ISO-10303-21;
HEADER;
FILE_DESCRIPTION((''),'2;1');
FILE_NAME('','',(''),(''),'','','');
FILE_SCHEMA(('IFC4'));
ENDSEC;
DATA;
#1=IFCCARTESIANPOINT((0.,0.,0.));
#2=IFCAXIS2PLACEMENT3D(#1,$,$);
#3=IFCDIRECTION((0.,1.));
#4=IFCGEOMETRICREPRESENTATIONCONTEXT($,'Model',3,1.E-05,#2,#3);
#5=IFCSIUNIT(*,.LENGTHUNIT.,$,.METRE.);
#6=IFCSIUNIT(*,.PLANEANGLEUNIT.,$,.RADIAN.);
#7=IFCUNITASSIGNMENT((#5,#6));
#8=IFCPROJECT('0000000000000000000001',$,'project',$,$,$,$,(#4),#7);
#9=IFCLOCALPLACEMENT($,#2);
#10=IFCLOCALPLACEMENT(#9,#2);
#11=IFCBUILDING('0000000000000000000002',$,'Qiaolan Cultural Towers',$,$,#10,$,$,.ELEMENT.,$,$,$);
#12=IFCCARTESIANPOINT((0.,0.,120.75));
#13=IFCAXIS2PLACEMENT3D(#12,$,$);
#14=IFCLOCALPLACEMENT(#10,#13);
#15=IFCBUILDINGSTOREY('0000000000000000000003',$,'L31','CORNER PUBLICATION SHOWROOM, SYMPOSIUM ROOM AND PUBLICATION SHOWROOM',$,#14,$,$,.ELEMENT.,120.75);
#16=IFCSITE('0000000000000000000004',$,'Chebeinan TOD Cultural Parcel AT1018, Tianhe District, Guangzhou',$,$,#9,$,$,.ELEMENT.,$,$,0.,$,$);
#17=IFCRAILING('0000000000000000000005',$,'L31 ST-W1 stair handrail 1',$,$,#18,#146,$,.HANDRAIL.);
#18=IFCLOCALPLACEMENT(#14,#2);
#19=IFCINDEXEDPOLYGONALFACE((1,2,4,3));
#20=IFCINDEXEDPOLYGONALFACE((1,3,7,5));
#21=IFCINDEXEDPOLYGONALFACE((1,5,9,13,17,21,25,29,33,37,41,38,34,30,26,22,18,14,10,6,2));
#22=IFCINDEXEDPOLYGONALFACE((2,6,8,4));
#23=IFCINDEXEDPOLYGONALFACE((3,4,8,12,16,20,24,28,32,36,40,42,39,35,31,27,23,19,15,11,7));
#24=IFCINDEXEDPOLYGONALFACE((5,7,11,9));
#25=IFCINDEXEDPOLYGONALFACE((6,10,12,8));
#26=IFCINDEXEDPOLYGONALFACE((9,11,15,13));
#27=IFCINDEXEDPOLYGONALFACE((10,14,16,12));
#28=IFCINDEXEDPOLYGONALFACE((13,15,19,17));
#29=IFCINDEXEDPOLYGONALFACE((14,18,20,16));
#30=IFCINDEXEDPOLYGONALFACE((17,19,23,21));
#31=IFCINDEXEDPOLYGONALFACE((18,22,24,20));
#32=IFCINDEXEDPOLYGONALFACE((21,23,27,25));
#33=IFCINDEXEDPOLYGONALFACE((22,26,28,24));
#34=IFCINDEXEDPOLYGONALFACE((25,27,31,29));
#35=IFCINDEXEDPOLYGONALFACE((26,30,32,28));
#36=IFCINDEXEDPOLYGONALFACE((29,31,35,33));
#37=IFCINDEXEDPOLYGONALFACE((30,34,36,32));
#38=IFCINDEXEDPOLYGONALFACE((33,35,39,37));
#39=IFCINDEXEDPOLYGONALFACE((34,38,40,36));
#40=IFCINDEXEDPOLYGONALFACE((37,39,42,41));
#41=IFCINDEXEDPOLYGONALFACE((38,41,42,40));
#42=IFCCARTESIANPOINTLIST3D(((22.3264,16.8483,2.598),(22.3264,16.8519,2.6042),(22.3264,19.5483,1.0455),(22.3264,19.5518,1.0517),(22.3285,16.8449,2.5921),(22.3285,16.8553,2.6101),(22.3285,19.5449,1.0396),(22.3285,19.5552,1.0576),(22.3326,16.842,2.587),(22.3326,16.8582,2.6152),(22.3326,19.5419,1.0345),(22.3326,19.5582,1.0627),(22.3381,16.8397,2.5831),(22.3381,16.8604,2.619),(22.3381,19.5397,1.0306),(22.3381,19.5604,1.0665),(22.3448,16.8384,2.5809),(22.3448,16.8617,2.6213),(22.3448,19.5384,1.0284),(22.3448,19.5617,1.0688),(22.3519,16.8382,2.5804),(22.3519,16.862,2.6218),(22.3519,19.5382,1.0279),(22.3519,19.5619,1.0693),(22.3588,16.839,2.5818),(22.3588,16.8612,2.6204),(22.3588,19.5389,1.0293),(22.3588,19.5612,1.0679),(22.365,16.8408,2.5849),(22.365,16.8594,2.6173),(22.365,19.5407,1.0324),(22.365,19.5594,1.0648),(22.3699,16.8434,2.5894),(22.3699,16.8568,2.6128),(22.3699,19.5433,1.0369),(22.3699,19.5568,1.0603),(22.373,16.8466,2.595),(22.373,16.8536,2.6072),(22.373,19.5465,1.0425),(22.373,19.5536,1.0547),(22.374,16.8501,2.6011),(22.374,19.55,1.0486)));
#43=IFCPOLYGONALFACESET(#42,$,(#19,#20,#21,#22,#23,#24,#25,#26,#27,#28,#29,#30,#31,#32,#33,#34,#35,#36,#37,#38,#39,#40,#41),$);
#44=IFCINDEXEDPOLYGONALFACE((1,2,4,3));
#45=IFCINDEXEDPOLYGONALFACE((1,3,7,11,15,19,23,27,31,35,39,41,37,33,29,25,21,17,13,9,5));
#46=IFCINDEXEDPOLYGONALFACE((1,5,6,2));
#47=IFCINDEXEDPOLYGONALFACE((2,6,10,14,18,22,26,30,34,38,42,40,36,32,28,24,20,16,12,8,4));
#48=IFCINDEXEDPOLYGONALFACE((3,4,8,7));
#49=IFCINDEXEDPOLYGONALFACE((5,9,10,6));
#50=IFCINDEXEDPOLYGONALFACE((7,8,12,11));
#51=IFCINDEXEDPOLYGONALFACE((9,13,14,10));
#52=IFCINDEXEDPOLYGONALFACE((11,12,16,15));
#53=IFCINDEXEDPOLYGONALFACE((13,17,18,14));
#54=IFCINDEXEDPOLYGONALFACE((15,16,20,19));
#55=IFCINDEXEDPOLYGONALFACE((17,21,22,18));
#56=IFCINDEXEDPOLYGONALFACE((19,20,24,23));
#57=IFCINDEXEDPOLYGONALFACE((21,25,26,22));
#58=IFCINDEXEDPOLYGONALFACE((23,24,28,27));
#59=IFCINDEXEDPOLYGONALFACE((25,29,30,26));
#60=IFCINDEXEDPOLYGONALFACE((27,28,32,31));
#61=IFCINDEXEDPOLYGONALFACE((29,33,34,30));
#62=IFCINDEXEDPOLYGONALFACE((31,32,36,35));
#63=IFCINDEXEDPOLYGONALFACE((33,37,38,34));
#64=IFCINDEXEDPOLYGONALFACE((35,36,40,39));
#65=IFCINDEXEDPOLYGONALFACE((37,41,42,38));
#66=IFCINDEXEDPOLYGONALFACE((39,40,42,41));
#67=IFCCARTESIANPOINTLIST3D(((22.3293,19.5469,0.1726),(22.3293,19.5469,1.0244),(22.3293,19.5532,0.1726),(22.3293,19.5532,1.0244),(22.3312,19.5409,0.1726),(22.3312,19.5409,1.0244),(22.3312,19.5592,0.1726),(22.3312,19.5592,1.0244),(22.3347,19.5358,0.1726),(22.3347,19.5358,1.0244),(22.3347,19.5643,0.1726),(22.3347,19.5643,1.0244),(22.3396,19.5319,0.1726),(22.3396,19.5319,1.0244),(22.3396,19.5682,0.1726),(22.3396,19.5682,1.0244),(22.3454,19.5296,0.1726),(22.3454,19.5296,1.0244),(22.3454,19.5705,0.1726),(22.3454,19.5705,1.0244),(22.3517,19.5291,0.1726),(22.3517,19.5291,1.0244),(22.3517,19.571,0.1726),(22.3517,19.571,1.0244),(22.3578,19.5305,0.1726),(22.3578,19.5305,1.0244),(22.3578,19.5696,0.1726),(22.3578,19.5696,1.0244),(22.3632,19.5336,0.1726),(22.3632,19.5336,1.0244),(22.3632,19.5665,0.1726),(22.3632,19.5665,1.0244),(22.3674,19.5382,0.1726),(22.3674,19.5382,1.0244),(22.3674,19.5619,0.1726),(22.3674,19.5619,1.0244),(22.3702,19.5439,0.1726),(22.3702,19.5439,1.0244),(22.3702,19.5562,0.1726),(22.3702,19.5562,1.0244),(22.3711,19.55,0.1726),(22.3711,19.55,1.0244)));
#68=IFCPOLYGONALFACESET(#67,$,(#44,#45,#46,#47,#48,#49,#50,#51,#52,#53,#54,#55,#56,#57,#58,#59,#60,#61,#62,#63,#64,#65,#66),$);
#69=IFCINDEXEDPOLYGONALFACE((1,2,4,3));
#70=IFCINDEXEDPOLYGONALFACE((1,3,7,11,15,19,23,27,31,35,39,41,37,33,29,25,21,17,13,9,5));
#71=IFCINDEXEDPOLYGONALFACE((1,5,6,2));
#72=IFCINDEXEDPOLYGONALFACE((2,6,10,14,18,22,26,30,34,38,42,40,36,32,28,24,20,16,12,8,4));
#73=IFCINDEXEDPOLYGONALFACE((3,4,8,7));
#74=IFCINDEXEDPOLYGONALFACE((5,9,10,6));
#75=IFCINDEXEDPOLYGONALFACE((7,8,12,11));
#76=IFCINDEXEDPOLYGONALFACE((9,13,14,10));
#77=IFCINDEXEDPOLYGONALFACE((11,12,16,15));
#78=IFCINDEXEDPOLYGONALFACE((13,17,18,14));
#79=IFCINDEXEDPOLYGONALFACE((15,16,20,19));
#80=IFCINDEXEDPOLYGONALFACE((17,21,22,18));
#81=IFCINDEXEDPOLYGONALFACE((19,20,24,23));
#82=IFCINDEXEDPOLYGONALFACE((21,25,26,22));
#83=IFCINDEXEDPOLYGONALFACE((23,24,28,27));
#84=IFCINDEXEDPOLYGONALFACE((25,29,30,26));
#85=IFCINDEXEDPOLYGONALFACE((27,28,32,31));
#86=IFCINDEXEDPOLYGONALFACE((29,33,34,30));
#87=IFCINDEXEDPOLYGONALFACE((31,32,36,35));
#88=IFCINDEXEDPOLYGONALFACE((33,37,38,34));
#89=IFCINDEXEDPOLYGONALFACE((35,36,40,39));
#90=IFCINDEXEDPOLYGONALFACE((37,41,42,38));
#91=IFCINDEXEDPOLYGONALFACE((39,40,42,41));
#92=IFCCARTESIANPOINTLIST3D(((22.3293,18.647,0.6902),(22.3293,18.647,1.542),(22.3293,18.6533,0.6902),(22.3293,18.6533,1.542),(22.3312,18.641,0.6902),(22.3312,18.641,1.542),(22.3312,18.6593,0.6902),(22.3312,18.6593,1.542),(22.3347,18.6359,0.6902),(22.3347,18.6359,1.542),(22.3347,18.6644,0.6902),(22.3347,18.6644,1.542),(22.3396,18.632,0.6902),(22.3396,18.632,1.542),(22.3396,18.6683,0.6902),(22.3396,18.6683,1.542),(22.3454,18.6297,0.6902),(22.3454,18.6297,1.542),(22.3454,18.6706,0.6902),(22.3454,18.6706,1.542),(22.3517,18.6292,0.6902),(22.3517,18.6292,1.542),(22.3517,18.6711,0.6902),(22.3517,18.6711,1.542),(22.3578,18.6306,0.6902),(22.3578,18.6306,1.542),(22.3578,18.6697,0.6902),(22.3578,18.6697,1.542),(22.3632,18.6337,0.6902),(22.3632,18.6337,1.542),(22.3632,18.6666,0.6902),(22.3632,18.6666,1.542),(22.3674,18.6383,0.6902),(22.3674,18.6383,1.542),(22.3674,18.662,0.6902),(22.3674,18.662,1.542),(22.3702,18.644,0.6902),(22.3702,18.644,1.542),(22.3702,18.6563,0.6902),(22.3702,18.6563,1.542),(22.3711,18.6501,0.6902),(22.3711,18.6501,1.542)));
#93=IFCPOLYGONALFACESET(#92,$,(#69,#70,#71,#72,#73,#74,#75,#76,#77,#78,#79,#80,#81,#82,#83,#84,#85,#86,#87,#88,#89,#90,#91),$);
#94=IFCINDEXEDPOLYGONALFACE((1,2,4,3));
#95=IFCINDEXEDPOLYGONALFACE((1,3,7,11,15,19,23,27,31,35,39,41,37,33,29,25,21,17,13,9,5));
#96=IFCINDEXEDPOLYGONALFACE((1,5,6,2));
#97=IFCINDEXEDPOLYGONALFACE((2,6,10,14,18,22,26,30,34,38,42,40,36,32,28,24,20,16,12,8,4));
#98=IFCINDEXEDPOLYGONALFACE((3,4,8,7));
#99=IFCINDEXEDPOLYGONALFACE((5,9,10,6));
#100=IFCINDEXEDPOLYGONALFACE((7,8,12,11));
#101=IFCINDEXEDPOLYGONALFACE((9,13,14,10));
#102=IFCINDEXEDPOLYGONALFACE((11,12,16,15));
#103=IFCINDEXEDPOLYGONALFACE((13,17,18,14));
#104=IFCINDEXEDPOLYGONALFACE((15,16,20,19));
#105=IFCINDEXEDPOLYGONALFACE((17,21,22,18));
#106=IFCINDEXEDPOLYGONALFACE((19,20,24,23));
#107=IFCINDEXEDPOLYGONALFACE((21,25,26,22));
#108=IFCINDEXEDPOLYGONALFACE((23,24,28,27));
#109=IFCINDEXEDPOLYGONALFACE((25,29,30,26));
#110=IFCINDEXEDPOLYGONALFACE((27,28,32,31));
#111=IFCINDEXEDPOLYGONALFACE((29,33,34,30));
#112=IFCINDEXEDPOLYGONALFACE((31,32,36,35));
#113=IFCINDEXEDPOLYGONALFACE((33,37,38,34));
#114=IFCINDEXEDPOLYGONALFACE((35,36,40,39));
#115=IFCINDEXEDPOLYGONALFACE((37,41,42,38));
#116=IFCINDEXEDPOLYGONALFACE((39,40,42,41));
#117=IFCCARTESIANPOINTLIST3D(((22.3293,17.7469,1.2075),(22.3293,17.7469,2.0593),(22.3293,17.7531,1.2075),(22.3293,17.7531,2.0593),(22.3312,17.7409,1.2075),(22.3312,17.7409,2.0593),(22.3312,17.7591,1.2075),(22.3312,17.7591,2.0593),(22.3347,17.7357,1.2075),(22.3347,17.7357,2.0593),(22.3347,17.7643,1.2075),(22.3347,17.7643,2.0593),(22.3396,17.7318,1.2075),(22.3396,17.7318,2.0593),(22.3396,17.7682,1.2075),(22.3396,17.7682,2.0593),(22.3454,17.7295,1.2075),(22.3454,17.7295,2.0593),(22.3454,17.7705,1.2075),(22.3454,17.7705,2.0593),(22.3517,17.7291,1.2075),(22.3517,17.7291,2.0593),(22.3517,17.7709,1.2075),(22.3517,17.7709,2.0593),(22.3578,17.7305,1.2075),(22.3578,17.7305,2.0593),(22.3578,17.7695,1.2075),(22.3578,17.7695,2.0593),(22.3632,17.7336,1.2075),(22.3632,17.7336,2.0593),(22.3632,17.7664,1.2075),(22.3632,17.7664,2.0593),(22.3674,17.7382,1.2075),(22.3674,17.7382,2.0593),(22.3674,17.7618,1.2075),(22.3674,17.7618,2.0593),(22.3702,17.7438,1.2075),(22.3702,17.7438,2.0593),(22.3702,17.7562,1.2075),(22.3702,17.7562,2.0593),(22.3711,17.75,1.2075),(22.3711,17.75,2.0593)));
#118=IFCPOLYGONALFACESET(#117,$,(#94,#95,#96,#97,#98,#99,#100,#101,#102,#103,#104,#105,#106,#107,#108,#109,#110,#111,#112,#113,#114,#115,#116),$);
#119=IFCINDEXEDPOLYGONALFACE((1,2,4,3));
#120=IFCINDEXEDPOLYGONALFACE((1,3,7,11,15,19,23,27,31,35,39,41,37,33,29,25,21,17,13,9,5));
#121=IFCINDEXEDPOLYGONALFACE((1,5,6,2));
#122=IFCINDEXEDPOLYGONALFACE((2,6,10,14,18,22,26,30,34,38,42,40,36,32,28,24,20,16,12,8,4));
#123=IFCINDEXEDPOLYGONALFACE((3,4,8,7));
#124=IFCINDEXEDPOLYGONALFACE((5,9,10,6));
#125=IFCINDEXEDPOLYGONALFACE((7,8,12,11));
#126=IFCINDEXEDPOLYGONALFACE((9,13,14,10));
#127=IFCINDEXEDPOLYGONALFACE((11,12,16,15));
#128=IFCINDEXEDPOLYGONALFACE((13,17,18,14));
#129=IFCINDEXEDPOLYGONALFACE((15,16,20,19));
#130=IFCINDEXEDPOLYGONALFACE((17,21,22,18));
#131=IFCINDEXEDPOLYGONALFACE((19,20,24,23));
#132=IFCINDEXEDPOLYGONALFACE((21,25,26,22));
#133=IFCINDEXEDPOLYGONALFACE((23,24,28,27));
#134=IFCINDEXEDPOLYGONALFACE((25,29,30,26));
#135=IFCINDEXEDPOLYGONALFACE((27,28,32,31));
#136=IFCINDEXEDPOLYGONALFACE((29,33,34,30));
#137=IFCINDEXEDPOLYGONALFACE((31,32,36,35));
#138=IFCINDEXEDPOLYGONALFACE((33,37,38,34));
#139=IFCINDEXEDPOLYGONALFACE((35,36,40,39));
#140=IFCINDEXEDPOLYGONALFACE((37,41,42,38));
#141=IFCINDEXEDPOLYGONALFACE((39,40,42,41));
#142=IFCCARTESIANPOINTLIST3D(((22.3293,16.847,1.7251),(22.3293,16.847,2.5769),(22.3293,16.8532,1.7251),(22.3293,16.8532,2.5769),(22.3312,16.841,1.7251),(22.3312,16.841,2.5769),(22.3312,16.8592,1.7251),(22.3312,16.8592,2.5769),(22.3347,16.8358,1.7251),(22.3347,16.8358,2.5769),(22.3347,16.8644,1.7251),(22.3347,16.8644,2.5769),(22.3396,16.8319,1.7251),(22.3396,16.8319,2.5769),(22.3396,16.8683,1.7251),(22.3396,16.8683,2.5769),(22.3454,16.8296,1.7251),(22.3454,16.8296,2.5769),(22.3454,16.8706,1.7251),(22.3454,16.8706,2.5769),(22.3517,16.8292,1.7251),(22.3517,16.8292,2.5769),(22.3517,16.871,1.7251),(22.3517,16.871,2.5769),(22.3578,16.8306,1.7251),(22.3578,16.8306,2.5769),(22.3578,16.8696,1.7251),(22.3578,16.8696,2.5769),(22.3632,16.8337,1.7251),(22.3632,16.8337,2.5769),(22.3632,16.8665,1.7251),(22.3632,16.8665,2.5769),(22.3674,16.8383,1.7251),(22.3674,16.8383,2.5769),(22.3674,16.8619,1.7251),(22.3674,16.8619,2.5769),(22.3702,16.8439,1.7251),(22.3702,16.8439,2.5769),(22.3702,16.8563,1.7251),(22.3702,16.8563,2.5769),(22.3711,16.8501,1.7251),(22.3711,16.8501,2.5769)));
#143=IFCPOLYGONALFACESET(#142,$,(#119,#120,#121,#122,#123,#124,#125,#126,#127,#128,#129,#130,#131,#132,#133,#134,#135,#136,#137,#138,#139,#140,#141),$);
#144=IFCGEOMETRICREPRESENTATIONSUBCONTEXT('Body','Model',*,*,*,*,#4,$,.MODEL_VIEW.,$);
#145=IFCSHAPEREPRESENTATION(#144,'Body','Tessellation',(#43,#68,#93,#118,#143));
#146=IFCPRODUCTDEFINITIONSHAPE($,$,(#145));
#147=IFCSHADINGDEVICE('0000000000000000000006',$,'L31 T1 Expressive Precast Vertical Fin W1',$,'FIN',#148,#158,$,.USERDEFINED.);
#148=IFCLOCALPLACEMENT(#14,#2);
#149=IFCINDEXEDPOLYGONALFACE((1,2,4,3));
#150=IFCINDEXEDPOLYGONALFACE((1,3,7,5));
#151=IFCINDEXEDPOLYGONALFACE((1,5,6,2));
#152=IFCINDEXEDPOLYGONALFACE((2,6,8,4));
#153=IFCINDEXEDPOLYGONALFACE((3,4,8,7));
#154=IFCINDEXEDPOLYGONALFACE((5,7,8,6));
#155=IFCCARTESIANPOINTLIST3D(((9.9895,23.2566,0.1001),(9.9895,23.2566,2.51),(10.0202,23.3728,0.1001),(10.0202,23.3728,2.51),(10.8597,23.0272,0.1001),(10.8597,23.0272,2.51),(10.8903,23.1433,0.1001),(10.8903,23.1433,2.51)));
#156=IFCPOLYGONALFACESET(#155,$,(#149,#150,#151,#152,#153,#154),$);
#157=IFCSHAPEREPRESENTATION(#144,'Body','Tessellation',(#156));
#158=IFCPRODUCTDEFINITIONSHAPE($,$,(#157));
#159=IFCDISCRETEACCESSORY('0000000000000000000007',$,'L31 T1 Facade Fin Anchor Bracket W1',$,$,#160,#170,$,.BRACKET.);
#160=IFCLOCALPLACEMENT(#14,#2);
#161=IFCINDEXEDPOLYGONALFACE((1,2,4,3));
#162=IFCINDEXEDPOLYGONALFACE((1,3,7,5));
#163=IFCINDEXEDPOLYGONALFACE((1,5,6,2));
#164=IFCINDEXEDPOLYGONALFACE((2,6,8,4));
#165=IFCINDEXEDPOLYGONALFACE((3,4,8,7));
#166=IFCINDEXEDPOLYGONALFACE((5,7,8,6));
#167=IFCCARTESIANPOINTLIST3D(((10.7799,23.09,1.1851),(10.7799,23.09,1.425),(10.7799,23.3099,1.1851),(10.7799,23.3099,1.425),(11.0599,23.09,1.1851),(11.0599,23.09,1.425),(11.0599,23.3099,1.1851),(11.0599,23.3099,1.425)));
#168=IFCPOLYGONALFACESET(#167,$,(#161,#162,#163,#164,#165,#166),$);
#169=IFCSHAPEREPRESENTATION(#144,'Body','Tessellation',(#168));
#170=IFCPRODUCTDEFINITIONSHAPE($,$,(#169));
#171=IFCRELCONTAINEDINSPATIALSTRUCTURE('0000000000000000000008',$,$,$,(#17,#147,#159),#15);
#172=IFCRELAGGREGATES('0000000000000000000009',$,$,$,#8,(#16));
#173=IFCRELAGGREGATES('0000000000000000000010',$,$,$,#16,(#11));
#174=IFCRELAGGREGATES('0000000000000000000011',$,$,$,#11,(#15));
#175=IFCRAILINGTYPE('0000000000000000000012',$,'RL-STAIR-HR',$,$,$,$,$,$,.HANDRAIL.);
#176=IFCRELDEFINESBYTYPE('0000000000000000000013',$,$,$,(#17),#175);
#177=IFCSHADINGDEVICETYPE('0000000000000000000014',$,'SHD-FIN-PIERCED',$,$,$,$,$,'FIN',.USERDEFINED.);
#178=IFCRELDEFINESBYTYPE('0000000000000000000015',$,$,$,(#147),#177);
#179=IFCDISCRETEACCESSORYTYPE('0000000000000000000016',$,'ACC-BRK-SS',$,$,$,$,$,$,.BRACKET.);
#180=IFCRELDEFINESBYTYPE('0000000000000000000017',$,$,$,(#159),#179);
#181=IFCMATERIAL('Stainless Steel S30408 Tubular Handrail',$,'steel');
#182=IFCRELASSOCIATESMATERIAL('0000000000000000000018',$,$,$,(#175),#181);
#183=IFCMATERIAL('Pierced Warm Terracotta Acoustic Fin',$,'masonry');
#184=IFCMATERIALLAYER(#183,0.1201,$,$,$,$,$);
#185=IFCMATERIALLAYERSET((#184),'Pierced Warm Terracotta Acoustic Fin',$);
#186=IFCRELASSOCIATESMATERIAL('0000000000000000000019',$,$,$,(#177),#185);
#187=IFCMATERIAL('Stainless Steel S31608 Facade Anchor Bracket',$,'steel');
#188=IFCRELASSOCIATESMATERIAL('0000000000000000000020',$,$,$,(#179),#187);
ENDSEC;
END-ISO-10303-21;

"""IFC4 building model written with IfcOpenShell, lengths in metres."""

from ifc_helpers import new_model, si_unit, direction, frame, origin, origin_2d, place, context, subcontext, project, spatial, rectangle, circle, extrude, material, layer, layer_set, type_object, element, save


model = new_model("IFC4")

# Units and contexts
model_context = context("Model", 3, precision=1e-05, world=origin(), true_north=direction((0.0, 1.0)))
body_context = subcontext(model_context, "Body", "Model", "MODEL_VIEW")
ifc_project = project(units=[si_unit("LENGTHUNIT", "METRE"), si_unit("PLANEANGLEUNIT", "RADIAN")], contexts=[model_context])

# Site, building, storey
site_placement = place(None, origin())
site = spatial("IfcSite", under=ifc_project, at=site_placement, Name="Chebeinan TOD Cultural Parcel AT1018, Tianhe District, Guangzhou", CompositionType="ELEMENT", RefElevation=0.0)
building_placement = place(site_placement, origin())
building = spatial("IfcBuilding", under=site, at=building_placement, Name="Qiaolan Cultural Towers", CompositionType="ELEMENT")
storey_placement = place(building_placement, frame((0.0, 0.0, 120.75)))
storey = spatial("IfcBuildingStorey", under=building, at=storey_placement, Name="L31", Description="CORNER PUBLICATION SHOWROOM, SYMPOSIUM ROOM AND PUBLICATION SHOWROOM", CompositionType="ELEMENT", Elevation=120.75)

# Railing
ifc_material_1 = material(Name="Stainless Steel S30408 Tubular Handrail", Category="steel")
railing_type_1 = type_object("IfcRailingType", Name="RL-STAIR-HR", PredefinedType="HANDRAIL", material=ifc_material_1)
railing_1_placement = place(storey_placement, frame((22.3501, 19.55, 0.1726)))
element("IfcRailing", 1, at=railing_1_placement, inside=storey, type_object=railing_type_1, Name="L31 ST-W1 stair handrail 1", PredefinedType="HANDRAIL", context=body_context, shape_type="SweptSolid", body=[
    extrude(circle(Radius=0.0239, at=origin_2d()), frame((0.0, 0.0, 0.876), z_axis=(0.0, -0.866904, 0.498476), x_axis=(1.0, 0.0, 0.0)), (0.0, 0.0, 1.0), 3.1145),
    extrude(circle(Radius=0.021, at=origin_2d()), origin(), (0.0, 0.0, 1.0), 0.8518),
    extrude(circle(Radius=0.021, at=origin_2d()), frame((0.0, -0.8999, 0.5176)), (0.0, 0.0, 1.0), 0.8518),
    extrude(circle(Radius=0.021, at=origin_2d()), frame((0.0, -1.8, 1.0349)), (0.0, 0.0, 1.0), 0.8518),
    extrude(circle(Radius=0.021, at=origin_2d()), frame((0.0, -2.7, 1.5525)), (0.0, 0.0, 1.0), 0.8518),
])

# Shading device
ifc_material_2 = material(Name="Pierced Warm Terracotta Acoustic Fin", Category="masonry")
ifc_layer_1 = layer(ifc_material_2, 0.1201)
ifc_layer_set_1 = layer_set([ifc_layer_1], Name="Pierced Warm Terracotta Acoustic Fin")
shading_device_type = type_object("IfcShadingDeviceType", Name="SHD-FIN-PIERCED", ElementType="FIN", PredefinedType="USERDEFINED", material=ifc_layer_set_1)
shading_device_placement = place(storey_placement, frame((10.4399, 23.2, 0.1001), z_axis=(0.0, 0.0, 1.0), x_axis=(0.966948, -0.254975, 0.0)))
element("IfcShadingDevice", 2, at=shading_device_placement, inside=storey, type_object=shading_device_type, Name="L31 T1 Expressive Precast Vertical Fin W1", ObjectType="FIN", PredefinedType="USERDEFINED", context=body_context, shape_type="SweptSolid", body=[
    extrude(rectangle(XDim=0.8999, YDim=0.1201, at=origin_2d()), origin(), (0.0, 0.0, 1.0), 2.4099),
])

# Discrete accessory
ifc_material_3 = material(Name="Stainless Steel S31608 Facade Anchor Bracket", Category="steel")
discrete_accessory_type = type_object("IfcDiscreteAccessoryType", Name="ACC-BRK-SS", PredefinedType="BRACKET", material=ifc_material_3)
discrete_accessory_placement = place(storey_placement, frame((10.9199, 23.2, 1.1851), z_axis=(0.0, 0.0, 1.0), x_axis=(1.0, 0.0, 0.0)))
element("IfcDiscreteAccessory", 3, at=discrete_accessory_placement, inside=storey, type_object=discrete_accessory_type, Name="L31 T1 Facade Fin Anchor Bracket W1", PredefinedType="BRACKET", context=body_context, shape_type="SweptSolid", body=[
    extrude(rectangle(XDim=0.28, YDim=0.22, at=origin_2d()), origin(), (0.0, 0.0, 1.0), 0.24),
])

save(model, "model.ifc")
